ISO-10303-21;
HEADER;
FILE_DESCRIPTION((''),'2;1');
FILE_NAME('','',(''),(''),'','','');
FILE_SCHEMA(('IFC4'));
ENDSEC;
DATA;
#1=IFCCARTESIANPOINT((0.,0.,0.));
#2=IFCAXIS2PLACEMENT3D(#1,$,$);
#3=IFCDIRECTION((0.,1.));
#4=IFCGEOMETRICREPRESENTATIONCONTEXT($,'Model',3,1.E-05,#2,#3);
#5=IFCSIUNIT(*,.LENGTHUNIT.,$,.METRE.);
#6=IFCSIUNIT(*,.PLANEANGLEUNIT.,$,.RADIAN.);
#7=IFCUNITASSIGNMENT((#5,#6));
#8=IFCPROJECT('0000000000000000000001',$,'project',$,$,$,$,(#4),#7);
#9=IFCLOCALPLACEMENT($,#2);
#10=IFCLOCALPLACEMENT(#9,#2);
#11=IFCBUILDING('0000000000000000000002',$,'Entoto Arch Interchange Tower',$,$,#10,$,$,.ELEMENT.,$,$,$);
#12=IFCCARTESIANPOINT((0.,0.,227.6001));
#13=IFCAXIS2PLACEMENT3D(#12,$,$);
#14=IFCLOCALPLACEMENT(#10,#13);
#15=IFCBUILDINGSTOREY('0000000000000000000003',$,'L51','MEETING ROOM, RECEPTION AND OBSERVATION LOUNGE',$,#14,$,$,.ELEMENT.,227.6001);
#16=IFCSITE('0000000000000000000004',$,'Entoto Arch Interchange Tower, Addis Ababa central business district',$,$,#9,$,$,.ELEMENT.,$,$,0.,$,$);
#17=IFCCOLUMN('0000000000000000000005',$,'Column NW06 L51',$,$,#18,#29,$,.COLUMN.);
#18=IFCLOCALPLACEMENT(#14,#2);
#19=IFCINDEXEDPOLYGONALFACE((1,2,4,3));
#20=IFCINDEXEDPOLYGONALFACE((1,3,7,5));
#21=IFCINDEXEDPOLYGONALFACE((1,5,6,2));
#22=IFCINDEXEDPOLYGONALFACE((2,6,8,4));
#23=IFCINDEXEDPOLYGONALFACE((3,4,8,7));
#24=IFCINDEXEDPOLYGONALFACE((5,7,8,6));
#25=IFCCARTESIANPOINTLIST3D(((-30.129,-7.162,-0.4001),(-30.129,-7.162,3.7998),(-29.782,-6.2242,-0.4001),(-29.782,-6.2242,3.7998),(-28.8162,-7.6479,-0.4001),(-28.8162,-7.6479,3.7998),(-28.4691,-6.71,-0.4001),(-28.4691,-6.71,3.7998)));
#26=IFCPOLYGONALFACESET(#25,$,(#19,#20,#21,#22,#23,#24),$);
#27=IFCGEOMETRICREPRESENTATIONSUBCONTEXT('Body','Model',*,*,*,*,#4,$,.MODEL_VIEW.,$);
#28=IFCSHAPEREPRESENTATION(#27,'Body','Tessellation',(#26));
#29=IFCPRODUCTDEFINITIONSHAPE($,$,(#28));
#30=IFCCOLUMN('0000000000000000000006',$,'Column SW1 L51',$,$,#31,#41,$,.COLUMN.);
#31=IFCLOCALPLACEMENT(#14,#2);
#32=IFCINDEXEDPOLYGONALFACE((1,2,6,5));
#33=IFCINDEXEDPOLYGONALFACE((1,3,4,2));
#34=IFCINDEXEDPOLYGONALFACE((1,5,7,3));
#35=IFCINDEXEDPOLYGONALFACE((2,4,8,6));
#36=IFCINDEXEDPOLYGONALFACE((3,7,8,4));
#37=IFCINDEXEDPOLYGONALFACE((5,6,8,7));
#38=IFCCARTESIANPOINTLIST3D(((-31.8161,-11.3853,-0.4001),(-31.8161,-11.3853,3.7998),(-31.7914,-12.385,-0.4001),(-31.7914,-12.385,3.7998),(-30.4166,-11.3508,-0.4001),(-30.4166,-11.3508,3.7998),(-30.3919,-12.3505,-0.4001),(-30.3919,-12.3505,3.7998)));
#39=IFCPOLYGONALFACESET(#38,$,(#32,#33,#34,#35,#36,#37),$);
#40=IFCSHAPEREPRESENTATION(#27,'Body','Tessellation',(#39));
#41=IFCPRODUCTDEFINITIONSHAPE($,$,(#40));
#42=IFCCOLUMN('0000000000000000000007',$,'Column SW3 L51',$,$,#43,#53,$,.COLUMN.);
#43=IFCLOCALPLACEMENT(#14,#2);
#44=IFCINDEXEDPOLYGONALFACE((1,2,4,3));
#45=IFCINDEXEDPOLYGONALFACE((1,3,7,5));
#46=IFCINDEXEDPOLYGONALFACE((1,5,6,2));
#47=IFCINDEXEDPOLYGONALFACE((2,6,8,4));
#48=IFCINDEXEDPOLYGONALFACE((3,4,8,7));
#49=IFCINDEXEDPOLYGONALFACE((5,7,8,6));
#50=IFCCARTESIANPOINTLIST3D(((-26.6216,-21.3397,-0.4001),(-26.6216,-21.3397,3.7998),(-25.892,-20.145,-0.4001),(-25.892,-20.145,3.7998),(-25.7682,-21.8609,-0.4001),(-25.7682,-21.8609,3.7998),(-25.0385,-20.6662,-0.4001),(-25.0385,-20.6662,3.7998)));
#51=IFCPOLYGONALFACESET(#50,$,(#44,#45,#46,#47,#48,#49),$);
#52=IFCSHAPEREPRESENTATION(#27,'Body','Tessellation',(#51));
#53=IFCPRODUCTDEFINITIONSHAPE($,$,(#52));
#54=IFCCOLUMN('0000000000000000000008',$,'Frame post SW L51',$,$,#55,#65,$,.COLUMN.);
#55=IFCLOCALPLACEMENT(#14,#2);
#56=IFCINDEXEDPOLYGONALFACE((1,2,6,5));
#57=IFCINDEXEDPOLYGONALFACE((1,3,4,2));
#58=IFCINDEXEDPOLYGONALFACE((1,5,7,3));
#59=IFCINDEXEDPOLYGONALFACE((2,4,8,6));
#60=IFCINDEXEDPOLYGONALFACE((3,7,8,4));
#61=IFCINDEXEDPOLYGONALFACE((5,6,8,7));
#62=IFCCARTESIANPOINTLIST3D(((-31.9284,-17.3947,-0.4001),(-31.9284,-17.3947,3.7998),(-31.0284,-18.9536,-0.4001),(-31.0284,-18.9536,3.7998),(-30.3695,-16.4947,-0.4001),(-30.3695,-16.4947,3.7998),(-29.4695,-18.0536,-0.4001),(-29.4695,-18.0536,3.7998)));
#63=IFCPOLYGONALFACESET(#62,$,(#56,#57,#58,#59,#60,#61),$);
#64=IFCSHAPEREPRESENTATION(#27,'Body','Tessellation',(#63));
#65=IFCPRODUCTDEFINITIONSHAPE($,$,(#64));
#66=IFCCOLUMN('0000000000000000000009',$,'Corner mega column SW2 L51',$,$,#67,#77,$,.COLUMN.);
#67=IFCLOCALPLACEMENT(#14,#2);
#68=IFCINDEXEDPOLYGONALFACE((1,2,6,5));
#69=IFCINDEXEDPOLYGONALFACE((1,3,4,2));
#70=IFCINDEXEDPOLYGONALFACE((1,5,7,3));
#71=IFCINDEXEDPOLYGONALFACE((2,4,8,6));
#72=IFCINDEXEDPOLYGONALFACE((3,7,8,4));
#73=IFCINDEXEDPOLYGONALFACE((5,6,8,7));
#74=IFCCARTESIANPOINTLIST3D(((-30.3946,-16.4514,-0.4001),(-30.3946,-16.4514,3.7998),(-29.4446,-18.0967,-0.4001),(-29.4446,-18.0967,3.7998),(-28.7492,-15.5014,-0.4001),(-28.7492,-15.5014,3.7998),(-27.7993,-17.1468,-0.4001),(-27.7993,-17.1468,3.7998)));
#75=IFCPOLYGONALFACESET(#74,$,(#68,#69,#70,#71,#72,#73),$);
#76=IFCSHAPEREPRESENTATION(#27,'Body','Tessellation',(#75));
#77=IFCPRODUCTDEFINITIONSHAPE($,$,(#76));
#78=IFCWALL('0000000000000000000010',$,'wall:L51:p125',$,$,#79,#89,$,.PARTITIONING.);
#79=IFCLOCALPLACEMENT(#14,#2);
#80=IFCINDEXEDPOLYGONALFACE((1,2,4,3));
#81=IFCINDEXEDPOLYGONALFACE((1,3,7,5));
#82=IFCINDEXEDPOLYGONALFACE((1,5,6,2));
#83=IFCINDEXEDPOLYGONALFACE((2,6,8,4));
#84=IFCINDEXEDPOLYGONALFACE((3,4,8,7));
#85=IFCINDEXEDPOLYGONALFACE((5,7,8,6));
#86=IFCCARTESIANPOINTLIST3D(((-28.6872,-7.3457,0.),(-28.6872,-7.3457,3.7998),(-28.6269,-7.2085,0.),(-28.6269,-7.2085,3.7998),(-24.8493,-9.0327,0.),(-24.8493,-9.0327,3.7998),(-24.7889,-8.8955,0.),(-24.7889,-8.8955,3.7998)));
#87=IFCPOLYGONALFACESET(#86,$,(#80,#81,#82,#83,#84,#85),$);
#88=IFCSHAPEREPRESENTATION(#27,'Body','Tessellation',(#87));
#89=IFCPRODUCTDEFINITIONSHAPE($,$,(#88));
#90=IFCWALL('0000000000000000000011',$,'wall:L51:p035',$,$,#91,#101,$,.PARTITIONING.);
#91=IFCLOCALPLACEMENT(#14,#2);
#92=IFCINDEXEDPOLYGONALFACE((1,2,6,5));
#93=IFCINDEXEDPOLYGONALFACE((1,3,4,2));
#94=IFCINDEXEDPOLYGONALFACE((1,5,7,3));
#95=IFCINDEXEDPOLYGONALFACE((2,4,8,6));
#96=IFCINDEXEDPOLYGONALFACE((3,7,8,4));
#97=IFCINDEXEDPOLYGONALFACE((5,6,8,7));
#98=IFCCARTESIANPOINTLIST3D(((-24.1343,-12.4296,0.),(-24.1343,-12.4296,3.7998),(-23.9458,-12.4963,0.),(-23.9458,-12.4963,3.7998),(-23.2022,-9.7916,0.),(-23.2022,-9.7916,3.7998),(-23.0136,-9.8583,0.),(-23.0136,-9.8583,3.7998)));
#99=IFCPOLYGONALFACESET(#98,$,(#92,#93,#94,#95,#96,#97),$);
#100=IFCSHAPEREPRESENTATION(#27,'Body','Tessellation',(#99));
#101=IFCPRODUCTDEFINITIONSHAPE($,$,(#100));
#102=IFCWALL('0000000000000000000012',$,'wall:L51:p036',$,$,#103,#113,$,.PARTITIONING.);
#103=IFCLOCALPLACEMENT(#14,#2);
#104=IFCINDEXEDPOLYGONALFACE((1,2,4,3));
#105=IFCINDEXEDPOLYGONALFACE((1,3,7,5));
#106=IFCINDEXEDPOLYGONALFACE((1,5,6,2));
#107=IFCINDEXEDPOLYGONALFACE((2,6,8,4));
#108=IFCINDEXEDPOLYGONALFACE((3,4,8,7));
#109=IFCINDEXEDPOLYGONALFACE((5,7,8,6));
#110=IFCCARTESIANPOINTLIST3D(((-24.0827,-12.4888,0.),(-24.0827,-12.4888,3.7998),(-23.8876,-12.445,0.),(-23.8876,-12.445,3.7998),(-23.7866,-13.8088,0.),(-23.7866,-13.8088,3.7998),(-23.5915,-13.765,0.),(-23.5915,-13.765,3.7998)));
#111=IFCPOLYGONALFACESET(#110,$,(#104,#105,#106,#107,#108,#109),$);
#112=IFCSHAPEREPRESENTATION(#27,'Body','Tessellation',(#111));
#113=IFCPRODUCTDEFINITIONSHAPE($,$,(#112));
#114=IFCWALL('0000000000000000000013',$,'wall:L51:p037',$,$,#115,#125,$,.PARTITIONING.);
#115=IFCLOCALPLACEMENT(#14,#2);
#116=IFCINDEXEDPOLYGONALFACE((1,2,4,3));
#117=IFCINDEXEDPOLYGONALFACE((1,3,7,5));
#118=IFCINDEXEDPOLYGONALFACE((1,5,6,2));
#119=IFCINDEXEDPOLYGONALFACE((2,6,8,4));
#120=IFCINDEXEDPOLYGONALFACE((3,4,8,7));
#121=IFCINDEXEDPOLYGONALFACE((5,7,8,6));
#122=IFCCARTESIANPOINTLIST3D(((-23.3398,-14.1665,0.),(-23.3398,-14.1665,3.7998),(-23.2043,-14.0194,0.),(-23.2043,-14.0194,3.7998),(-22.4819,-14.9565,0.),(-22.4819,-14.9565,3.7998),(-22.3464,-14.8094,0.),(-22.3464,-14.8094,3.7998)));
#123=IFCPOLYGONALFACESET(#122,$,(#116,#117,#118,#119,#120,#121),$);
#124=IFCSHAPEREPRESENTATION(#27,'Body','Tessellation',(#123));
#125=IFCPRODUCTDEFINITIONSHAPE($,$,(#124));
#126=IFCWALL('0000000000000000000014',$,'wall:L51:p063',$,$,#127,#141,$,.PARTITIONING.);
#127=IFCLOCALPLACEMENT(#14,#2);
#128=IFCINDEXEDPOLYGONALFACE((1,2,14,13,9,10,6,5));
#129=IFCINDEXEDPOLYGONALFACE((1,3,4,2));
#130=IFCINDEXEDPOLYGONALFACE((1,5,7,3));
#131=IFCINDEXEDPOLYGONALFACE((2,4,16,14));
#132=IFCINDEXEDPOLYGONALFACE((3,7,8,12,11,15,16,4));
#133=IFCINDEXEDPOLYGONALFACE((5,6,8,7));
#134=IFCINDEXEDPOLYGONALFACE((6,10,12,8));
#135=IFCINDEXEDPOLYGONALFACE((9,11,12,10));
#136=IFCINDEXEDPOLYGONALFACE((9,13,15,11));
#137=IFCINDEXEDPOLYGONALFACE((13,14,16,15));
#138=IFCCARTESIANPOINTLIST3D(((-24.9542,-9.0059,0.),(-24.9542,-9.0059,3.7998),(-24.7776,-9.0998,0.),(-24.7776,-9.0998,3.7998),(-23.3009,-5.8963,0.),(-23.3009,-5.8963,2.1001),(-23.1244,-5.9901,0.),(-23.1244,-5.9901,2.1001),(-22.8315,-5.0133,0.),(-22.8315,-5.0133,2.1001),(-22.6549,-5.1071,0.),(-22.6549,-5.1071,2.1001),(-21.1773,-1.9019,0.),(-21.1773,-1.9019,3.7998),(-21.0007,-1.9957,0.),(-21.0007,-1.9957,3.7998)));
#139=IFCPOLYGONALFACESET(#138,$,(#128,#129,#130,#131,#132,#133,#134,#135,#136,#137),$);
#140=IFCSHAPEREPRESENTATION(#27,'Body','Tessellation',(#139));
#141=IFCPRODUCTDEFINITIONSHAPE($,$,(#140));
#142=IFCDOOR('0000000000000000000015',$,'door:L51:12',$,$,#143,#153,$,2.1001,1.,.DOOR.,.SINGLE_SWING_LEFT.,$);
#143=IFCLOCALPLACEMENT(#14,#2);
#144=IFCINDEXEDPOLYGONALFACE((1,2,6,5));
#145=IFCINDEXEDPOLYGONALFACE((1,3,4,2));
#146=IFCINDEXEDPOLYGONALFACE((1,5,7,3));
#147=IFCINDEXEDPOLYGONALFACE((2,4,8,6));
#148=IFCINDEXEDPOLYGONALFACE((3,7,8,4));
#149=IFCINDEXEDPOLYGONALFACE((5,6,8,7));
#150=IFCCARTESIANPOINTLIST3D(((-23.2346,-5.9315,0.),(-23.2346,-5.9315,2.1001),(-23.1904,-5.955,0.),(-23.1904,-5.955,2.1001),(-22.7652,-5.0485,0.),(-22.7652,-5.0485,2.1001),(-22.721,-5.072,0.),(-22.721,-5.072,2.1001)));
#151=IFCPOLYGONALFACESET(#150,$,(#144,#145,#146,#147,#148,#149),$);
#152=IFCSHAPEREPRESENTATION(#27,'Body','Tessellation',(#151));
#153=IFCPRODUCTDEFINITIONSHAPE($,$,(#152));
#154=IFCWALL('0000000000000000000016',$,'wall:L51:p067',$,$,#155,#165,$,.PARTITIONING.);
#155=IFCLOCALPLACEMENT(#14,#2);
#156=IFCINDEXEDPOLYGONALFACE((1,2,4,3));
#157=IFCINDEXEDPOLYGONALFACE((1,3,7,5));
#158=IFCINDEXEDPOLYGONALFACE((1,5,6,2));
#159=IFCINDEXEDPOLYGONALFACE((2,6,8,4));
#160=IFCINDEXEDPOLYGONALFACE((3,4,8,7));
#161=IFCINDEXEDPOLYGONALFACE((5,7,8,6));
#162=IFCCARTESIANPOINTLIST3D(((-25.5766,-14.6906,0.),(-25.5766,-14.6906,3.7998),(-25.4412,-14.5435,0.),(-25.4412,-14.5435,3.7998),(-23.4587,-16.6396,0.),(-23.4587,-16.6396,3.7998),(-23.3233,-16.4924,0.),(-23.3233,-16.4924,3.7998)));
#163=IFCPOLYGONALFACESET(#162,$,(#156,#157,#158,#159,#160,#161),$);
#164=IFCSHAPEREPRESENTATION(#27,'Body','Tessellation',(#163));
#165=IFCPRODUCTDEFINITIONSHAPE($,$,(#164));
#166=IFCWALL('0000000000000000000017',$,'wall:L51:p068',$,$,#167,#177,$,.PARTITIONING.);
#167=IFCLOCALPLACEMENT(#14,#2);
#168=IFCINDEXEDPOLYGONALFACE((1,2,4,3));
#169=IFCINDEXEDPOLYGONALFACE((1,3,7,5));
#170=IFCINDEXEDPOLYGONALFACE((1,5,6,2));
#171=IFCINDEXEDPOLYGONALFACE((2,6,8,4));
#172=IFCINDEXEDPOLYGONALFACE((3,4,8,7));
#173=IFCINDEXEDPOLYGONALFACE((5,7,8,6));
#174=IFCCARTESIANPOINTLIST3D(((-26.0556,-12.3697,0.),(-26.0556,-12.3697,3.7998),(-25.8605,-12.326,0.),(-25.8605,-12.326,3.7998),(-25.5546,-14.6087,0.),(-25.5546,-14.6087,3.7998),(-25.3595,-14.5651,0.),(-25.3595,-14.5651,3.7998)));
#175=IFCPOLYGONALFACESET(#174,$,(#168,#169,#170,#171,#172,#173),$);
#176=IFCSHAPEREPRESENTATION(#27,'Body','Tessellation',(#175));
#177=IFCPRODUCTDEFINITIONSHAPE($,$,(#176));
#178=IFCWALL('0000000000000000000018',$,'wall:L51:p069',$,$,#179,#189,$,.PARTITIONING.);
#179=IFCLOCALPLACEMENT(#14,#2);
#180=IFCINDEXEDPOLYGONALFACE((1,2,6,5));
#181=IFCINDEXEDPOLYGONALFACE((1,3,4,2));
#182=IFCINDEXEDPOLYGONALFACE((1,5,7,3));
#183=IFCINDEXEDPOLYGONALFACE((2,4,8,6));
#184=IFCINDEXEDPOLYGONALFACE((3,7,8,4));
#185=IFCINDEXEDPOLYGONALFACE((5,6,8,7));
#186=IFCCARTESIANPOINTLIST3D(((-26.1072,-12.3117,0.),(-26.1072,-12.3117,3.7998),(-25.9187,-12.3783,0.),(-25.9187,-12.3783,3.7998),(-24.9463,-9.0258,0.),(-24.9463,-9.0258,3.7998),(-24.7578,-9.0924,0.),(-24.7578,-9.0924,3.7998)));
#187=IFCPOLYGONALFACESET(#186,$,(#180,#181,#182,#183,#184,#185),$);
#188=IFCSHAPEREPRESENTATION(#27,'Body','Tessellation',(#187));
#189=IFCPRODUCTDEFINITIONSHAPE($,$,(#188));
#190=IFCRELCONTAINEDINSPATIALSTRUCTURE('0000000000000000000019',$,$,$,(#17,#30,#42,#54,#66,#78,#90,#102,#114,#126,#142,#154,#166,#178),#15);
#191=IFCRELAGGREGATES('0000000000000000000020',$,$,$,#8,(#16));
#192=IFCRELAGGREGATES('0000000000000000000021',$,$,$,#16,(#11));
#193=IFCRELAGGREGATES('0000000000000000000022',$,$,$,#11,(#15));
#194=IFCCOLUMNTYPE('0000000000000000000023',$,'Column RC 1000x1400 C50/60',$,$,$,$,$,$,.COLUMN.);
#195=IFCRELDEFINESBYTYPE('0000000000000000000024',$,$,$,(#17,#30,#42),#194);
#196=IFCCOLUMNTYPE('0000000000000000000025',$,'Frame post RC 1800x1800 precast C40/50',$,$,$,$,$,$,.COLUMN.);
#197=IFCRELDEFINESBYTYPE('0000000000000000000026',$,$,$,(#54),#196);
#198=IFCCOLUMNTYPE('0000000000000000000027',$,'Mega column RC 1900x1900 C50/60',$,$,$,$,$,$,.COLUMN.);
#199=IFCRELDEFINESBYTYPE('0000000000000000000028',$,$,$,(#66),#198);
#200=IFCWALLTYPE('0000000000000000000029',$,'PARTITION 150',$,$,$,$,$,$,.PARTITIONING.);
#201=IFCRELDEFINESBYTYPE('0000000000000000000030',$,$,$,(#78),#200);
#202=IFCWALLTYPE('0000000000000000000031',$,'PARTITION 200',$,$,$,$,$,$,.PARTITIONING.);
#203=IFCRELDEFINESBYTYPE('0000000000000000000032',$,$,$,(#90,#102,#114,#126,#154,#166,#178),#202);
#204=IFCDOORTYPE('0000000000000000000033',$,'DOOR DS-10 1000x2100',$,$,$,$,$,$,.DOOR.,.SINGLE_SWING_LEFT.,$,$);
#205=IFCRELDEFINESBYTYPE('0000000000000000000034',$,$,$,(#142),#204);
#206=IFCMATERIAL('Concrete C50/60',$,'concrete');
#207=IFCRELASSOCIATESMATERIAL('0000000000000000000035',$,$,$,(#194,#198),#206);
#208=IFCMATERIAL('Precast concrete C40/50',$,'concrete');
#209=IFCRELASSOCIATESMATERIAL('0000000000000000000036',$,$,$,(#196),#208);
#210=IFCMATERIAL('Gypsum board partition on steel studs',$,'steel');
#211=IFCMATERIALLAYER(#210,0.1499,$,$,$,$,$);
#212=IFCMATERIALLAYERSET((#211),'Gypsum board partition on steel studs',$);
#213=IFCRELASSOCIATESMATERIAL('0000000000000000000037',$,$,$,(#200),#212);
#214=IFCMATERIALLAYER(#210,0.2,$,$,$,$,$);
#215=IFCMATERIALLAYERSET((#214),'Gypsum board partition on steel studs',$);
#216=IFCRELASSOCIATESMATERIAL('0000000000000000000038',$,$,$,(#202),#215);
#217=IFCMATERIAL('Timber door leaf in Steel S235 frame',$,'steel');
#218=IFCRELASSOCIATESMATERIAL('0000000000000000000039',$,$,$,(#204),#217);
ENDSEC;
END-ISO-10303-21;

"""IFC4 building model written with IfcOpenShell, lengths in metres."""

from ifc_helpers import new_model, si_unit, direction, frame, frame_2d, origin, origin_2d, place, context, subcontext, project, spatial, rectangle, extrude, material, layer, layer_set, material_profile, profile_set, type_object, element, fill, save


model = new_model("IFC4")

# Units and contexts
model_context = context("Model", 3, precision=1e-05, world=origin(), true_north=direction((0.0, 1.0)))
body_context = subcontext(model_context, "Body", "Model", "MODEL_VIEW")
ifc_project = project(units=[si_unit("LENGTHUNIT", "METRE"), si_unit("PLANEANGLEUNIT", "RADIAN")], contexts=[model_context])

# Site, building, storey
site_placement = place(None, origin())
site = spatial("IfcSite", under=ifc_project, at=site_placement, Name="Entoto Arch Interchange Tower, Addis Ababa central business district", CompositionType="ELEMENT", RefElevation=0.0)
building_placement = place(site_placement, origin())
building = spatial("IfcBuilding", under=site, at=building_placement, Name="Entoto Arch Interchange Tower", CompositionType="ELEMENT")
storey_placement = place(building_placement, frame((0.0, 0.0, 227.6001)))
storey = spatial("IfcBuildingStorey", under=building, at=storey_placement, Name="L51", Description="MEETING ROOM, RECEPTION AND OBSERVATION LOUNGE", CompositionType="ELEMENT", Elevation=227.6001)

# Columns
ifc_material_1 = material(Name="Concrete C50/60", Category="concrete")
ifc_material_profile_1 = material_profile(ifc_material_1, rectangle(XDim=1.0, YDim=1.3999, at=origin_2d()))
ifc_profile_set_1 = profile_set([ifc_material_profile_1], Name="Concrete C50/60")
column_type_1 = type_object("IfcColumnType", Name="Column RC 1000x1400 C50/60", PredefinedType="COLUMN", material=ifc_profile_set_1)
for number, where, z_axis, x_axis, name in (
    (1, (-29.2991, -6.936, -0.4001), (0.0, 0.0, 1.0), (0.347067, 0.93784, 0.0), "Column NW06 L51"),
    (2, (-31.104, -11.8679, -0.4001), (0.0, 0.0, 1.0), (-0.024676, 0.999695, 0.0), "Column SW1 L51"),
    (3, (-25.8301, -21.0029, -0.4001), (0.0, 0.0, 1.0), (-0.853423, 0.521218, 0.0), "Column SW3 L51"),
):
    element("IfcColumn", number, at=place(storey_placement, frame(where, z_axis=z_axis, x_axis=x_axis)), inside=storey, type_object=column_type_1, Name=name, PredefinedType="COLUMN", context=body_context, shape_type="SweptSolid", body=[
        extrude(rectangle(XDim=1.0, YDim=1.3999, at=origin_2d()), origin(), (0.0, 0.0, 1.0), 4.2),
    ])
ifc_material_2 = material(Name="Precast concrete C40/50", Category="concrete")
ifc_material_profile_2 = material_profile(ifc_material_2, rectangle(XDim=1.8, YDim=1.8, at=origin_2d()))
ifc_profile_set_2 = profile_set([ifc_material_profile_2], Name="Precast concrete C40/50")
column_type_2 = type_object("IfcColumnType", Name="Frame post RC 1800x1800 precast C40/50", PredefinedType="COLUMN", material=ifc_profile_set_2)
column_1_placement = place(storey_placement, frame((-30.699, -17.7241, -0.4001), z_axis=(0.0, 0.0, 1.0), x_axis=(0.866025, 0.5, 0.0)))
element("IfcColumn", 4, at=column_1_placement, inside=storey, type_object=column_type_2, Name="Frame post SW L51", PredefinedType="COLUMN", context=body_context, shape_type="SweptSolid", body=[
    extrude(rectangle(XDim=1.8, YDim=1.8, at=origin_2d()), origin(), (0.0, 0.0, 1.0), 4.2),
])
ifc_material_profile_3 = material_profile(ifc_material_1, rectangle(XDim=1.8999, YDim=1.8999, at=origin_2d()))
ifc_profile_set_3 = profile_set([ifc_material_profile_3], Name="Concrete C50/60")
column_type_3 = type_object("IfcColumnType", Name="Mega column RC 1900x1900 C50/60", PredefinedType="COLUMN", material=ifc_profile_set_3)
column_2_placement = place(storey_placement, frame((-29.0969, -16.7991, -0.4001), z_axis=(0.0, 0.0, 1.0), x_axis=(0.866025, 0.5, 0.0)))
element("IfcColumn", 5, at=column_2_placement, inside=storey, type_object=column_type_3, Name="Corner mega column SW2 L51", PredefinedType="COLUMN", context=body_context, shape_type="SweptSolid", body=[
    extrude(rectangle(XDim=1.8999, YDim=1.8999, at=origin_2d()), origin(), (0.0, 0.0, 1.0), 4.2),
])

# Walls
ifc_material_3 = material(Name="Gypsum board partition on steel studs", Category="steel")
ifc_layer_1 = layer(ifc_material_3, 0.1499)
ifc_layer_set_1 = layer_set([ifc_layer_1], Name="Gypsum board partition on steel studs")
wall_type_1 = type_object("IfcWallType", Name="PARTITION 150", PredefinedType="PARTITIONING", material=ifc_layer_set_1)
wall_1_placement = place(storey_placement, frame((-24.8191, -8.9641, 0.0), z_axis=(0.0, 0.0, 1.0), x_axis=(-0.915461, 0.402407, 0.0)))
element("IfcWall", 6, at=wall_1_placement, inside=storey, type_object=wall_type_1, Name="wall:L51:p125", PredefinedType="PARTITIONING", context=body_context, shape_type="SweptSolid", body=[
    extrude(rectangle(XDim=4.1924, YDim=0.1499, at=frame_2d((2.0962, 0.0))), origin(), (0.0, 0.0, 1.0), 3.7998),
])
ifc_layer_2 = layer(ifc_material_3, 0.2)
ifc_layer_set_2 = layer_set([ifc_layer_2], Name="Gypsum board partition on steel studs")
wall_type_2 = type_object("IfcWallType", Name="PARTITION 200", PredefinedType="PARTITIONING", material=ifc_layer_set_2)
wall_2_placement = place(storey_placement, frame((-23.1079, -9.825, 0.0), z_axis=(0.0, 0.0, 1.0), x_axis=(-0.333167, -0.942868, 0.0)))
element("IfcWall", 7, at=wall_2_placement, inside=storey, type_object=wall_type_2, Name="wall:L51:p035", PredefinedType="PARTITIONING", context=body_context, shape_type="SweptSolid", body=[
    extrude(rectangle(XDim=2.7979, YDim=0.2, at=frame_2d((1.3989, 0.0))), origin(), (0.0, 0.0, 1.0), 3.7998),
])
wall_3_placement = place(storey_placement, frame((-23.9851, -12.467, 0.0), z_axis=(0.0, 0.0, 1.0), x_axis=(0.218898, -0.975748, 0.0)))
element("IfcWall", 8, at=wall_3_placement, inside=storey, type_object=wall_type_2, Name="wall:L51:p036", PredefinedType="PARTITIONING", context=body_context, shape_type="SweptSolid", body=[
    extrude(rectangle(XDim=1.3528, YDim=0.2, at=frame_2d((0.6763, 0.0))), origin(), (0.0, 0.0, 1.0), 3.7998),
])
wall_4_placement = place(storey_placement, frame((-23.272, -14.093, 0.0), z_axis=(0.0, 0.0, 1.0), x_axis=(0.735605, -0.67741, 0.0)))
element("IfcWall", 9, at=wall_4_placement, inside=storey, type_object=wall_type_2, Name="wall:L51:p037", PredefinedType="PARTITIONING", context=body_context, shape_type="SweptSolid", body=[
    extrude(rectangle(XDim=1.1663, YDim=0.2, at=frame_2d((0.583, 0.0))), origin(), (0.0, 0.0, 1.0), 3.7998),
])

# Wall, opening, door
wall_5_placement = place(storey_placement, frame((-24.866, -9.053, 0.0), z_axis=(0.0, 0.0, 1.0), x_axis=(0.469432, 0.882969, 0.0)))
wall_5 = element("IfcWall", 10, at=wall_5_placement, inside=storey, type_object=wall_type_2, Name="wall:L51:p063", PredefinedType="PARTITIONING", context=body_context, shape_type="SweptSolid", body=[
    extrude(rectangle(XDim=8.0457, YDim=0.2, at=frame_2d((4.0229, 0.0))), origin(), (0.0, 0.0, 1.0), 3.7998),
])
opening_1_placement = place(wall_5_placement, frame((3.522, 0.0, 0.0)))
opening_1 = element("IfcOpeningElement", 11, at=opening_1_placement, cuts=wall_5, PredefinedType="OPENING", context=body_context, shape_type="SweptSolid", body=[
    extrude(rectangle(XDim=1.0, YDim=2.1001, at=frame_2d((0.5, 1.05))), frame((0.0, 0.1099, 0.0), z_axis=(0.0, -1.0, 0.0), x_axis=(1.0, 0.0, 0.0)), (0.0, 0.0, 1.0), 0.22),
])
ifc_material_4 = material(Name="Timber door leaf in Steel S235 frame", Category="steel")
door_type = type_object("IfcDoorType", Name="DOOR DS-10 1000x2100", OperationType="SINGLE_SWING_LEFT", PredefinedType="DOOR", material=ifc_material_4)
door_placement = place(opening_1_placement, origin())
door = element("IfcDoor", 12, at=door_placement, inside=storey, type_object=door_type, Name="door:L51:12", OperationType="SINGLE_SWING_LEFT", OverallHeight=2.1001, OverallWidth=1.0, PredefinedType="DOOR", context=body_context, shape_type="SweptSolid", body=[
    extrude(rectangle(XDim=1.0, YDim=2.1001, at=frame_2d((0.5, 1.05))), frame((0.0, 0.0249, 0.0), z_axis=(0.0, -1.0, 0.0), x_axis=(1.0, 0.0, 0.0)), (0.0, 0.0, 1.0), 0.05),
])
fill(opening_1, door)

# Walls
wall_6_placement = place(storey_placement, frame((-23.3911, -16.5659, 0.0), z_axis=(0.0, 0.0, 1.0), x_axis=(-0.735846, 0.677148, 0.0)))
element("IfcWall", 13, at=wall_6_placement, inside=storey, type_object=wall_type_2, Name="wall:L51:p067", PredefinedType="PARTITIONING", context=body_context, shape_type="SweptSolid", body=[
    extrude(rectangle(XDim=2.8782, YDim=0.2, at=frame_2d((1.439, 0.0))), origin(), (0.0, 0.0, 1.0), 3.7998),
])
wall_7_placement = place(storey_placement, frame((-25.457, -14.5869, 0.0), z_axis=(0.0, 0.0, 1.0), x_axis=(-0.21835, 0.975871, 0.0)))
element("IfcWall", 14, at=wall_7_placement, inside=storey, type_object=wall_type_2, Name="wall:L51:p068", PredefinedType="PARTITIONING", context=body_context, shape_type="SweptSolid", body=[
    extrude(rectangle(XDim=2.2944, YDim=0.2, at=frame_2d((1.1472, 0.0))), origin(), (0.0, 0.0, 1.0), 3.7998),
])
wall_8_placement = place(storey_placement, frame((-26.0129, -12.345, 0.0), z_axis=(0.0, 0.0, 1.0), x_axis=(0.333117, 0.942886, 0.0)))
element("IfcWall", 15, at=wall_8_placement, inside=storey, type_object=wall_type_2, Name="wall:L51:p069", PredefinedType="PARTITIONING", context=body_context, shape_type="SweptSolid", body=[
    extrude(rectangle(XDim=3.4849, YDim=0.2, at=frame_2d((1.7424, 0.0))), origin(), (0.0, 0.0, 1.0), 3.7998),
])

save(model, "model.ifc")
